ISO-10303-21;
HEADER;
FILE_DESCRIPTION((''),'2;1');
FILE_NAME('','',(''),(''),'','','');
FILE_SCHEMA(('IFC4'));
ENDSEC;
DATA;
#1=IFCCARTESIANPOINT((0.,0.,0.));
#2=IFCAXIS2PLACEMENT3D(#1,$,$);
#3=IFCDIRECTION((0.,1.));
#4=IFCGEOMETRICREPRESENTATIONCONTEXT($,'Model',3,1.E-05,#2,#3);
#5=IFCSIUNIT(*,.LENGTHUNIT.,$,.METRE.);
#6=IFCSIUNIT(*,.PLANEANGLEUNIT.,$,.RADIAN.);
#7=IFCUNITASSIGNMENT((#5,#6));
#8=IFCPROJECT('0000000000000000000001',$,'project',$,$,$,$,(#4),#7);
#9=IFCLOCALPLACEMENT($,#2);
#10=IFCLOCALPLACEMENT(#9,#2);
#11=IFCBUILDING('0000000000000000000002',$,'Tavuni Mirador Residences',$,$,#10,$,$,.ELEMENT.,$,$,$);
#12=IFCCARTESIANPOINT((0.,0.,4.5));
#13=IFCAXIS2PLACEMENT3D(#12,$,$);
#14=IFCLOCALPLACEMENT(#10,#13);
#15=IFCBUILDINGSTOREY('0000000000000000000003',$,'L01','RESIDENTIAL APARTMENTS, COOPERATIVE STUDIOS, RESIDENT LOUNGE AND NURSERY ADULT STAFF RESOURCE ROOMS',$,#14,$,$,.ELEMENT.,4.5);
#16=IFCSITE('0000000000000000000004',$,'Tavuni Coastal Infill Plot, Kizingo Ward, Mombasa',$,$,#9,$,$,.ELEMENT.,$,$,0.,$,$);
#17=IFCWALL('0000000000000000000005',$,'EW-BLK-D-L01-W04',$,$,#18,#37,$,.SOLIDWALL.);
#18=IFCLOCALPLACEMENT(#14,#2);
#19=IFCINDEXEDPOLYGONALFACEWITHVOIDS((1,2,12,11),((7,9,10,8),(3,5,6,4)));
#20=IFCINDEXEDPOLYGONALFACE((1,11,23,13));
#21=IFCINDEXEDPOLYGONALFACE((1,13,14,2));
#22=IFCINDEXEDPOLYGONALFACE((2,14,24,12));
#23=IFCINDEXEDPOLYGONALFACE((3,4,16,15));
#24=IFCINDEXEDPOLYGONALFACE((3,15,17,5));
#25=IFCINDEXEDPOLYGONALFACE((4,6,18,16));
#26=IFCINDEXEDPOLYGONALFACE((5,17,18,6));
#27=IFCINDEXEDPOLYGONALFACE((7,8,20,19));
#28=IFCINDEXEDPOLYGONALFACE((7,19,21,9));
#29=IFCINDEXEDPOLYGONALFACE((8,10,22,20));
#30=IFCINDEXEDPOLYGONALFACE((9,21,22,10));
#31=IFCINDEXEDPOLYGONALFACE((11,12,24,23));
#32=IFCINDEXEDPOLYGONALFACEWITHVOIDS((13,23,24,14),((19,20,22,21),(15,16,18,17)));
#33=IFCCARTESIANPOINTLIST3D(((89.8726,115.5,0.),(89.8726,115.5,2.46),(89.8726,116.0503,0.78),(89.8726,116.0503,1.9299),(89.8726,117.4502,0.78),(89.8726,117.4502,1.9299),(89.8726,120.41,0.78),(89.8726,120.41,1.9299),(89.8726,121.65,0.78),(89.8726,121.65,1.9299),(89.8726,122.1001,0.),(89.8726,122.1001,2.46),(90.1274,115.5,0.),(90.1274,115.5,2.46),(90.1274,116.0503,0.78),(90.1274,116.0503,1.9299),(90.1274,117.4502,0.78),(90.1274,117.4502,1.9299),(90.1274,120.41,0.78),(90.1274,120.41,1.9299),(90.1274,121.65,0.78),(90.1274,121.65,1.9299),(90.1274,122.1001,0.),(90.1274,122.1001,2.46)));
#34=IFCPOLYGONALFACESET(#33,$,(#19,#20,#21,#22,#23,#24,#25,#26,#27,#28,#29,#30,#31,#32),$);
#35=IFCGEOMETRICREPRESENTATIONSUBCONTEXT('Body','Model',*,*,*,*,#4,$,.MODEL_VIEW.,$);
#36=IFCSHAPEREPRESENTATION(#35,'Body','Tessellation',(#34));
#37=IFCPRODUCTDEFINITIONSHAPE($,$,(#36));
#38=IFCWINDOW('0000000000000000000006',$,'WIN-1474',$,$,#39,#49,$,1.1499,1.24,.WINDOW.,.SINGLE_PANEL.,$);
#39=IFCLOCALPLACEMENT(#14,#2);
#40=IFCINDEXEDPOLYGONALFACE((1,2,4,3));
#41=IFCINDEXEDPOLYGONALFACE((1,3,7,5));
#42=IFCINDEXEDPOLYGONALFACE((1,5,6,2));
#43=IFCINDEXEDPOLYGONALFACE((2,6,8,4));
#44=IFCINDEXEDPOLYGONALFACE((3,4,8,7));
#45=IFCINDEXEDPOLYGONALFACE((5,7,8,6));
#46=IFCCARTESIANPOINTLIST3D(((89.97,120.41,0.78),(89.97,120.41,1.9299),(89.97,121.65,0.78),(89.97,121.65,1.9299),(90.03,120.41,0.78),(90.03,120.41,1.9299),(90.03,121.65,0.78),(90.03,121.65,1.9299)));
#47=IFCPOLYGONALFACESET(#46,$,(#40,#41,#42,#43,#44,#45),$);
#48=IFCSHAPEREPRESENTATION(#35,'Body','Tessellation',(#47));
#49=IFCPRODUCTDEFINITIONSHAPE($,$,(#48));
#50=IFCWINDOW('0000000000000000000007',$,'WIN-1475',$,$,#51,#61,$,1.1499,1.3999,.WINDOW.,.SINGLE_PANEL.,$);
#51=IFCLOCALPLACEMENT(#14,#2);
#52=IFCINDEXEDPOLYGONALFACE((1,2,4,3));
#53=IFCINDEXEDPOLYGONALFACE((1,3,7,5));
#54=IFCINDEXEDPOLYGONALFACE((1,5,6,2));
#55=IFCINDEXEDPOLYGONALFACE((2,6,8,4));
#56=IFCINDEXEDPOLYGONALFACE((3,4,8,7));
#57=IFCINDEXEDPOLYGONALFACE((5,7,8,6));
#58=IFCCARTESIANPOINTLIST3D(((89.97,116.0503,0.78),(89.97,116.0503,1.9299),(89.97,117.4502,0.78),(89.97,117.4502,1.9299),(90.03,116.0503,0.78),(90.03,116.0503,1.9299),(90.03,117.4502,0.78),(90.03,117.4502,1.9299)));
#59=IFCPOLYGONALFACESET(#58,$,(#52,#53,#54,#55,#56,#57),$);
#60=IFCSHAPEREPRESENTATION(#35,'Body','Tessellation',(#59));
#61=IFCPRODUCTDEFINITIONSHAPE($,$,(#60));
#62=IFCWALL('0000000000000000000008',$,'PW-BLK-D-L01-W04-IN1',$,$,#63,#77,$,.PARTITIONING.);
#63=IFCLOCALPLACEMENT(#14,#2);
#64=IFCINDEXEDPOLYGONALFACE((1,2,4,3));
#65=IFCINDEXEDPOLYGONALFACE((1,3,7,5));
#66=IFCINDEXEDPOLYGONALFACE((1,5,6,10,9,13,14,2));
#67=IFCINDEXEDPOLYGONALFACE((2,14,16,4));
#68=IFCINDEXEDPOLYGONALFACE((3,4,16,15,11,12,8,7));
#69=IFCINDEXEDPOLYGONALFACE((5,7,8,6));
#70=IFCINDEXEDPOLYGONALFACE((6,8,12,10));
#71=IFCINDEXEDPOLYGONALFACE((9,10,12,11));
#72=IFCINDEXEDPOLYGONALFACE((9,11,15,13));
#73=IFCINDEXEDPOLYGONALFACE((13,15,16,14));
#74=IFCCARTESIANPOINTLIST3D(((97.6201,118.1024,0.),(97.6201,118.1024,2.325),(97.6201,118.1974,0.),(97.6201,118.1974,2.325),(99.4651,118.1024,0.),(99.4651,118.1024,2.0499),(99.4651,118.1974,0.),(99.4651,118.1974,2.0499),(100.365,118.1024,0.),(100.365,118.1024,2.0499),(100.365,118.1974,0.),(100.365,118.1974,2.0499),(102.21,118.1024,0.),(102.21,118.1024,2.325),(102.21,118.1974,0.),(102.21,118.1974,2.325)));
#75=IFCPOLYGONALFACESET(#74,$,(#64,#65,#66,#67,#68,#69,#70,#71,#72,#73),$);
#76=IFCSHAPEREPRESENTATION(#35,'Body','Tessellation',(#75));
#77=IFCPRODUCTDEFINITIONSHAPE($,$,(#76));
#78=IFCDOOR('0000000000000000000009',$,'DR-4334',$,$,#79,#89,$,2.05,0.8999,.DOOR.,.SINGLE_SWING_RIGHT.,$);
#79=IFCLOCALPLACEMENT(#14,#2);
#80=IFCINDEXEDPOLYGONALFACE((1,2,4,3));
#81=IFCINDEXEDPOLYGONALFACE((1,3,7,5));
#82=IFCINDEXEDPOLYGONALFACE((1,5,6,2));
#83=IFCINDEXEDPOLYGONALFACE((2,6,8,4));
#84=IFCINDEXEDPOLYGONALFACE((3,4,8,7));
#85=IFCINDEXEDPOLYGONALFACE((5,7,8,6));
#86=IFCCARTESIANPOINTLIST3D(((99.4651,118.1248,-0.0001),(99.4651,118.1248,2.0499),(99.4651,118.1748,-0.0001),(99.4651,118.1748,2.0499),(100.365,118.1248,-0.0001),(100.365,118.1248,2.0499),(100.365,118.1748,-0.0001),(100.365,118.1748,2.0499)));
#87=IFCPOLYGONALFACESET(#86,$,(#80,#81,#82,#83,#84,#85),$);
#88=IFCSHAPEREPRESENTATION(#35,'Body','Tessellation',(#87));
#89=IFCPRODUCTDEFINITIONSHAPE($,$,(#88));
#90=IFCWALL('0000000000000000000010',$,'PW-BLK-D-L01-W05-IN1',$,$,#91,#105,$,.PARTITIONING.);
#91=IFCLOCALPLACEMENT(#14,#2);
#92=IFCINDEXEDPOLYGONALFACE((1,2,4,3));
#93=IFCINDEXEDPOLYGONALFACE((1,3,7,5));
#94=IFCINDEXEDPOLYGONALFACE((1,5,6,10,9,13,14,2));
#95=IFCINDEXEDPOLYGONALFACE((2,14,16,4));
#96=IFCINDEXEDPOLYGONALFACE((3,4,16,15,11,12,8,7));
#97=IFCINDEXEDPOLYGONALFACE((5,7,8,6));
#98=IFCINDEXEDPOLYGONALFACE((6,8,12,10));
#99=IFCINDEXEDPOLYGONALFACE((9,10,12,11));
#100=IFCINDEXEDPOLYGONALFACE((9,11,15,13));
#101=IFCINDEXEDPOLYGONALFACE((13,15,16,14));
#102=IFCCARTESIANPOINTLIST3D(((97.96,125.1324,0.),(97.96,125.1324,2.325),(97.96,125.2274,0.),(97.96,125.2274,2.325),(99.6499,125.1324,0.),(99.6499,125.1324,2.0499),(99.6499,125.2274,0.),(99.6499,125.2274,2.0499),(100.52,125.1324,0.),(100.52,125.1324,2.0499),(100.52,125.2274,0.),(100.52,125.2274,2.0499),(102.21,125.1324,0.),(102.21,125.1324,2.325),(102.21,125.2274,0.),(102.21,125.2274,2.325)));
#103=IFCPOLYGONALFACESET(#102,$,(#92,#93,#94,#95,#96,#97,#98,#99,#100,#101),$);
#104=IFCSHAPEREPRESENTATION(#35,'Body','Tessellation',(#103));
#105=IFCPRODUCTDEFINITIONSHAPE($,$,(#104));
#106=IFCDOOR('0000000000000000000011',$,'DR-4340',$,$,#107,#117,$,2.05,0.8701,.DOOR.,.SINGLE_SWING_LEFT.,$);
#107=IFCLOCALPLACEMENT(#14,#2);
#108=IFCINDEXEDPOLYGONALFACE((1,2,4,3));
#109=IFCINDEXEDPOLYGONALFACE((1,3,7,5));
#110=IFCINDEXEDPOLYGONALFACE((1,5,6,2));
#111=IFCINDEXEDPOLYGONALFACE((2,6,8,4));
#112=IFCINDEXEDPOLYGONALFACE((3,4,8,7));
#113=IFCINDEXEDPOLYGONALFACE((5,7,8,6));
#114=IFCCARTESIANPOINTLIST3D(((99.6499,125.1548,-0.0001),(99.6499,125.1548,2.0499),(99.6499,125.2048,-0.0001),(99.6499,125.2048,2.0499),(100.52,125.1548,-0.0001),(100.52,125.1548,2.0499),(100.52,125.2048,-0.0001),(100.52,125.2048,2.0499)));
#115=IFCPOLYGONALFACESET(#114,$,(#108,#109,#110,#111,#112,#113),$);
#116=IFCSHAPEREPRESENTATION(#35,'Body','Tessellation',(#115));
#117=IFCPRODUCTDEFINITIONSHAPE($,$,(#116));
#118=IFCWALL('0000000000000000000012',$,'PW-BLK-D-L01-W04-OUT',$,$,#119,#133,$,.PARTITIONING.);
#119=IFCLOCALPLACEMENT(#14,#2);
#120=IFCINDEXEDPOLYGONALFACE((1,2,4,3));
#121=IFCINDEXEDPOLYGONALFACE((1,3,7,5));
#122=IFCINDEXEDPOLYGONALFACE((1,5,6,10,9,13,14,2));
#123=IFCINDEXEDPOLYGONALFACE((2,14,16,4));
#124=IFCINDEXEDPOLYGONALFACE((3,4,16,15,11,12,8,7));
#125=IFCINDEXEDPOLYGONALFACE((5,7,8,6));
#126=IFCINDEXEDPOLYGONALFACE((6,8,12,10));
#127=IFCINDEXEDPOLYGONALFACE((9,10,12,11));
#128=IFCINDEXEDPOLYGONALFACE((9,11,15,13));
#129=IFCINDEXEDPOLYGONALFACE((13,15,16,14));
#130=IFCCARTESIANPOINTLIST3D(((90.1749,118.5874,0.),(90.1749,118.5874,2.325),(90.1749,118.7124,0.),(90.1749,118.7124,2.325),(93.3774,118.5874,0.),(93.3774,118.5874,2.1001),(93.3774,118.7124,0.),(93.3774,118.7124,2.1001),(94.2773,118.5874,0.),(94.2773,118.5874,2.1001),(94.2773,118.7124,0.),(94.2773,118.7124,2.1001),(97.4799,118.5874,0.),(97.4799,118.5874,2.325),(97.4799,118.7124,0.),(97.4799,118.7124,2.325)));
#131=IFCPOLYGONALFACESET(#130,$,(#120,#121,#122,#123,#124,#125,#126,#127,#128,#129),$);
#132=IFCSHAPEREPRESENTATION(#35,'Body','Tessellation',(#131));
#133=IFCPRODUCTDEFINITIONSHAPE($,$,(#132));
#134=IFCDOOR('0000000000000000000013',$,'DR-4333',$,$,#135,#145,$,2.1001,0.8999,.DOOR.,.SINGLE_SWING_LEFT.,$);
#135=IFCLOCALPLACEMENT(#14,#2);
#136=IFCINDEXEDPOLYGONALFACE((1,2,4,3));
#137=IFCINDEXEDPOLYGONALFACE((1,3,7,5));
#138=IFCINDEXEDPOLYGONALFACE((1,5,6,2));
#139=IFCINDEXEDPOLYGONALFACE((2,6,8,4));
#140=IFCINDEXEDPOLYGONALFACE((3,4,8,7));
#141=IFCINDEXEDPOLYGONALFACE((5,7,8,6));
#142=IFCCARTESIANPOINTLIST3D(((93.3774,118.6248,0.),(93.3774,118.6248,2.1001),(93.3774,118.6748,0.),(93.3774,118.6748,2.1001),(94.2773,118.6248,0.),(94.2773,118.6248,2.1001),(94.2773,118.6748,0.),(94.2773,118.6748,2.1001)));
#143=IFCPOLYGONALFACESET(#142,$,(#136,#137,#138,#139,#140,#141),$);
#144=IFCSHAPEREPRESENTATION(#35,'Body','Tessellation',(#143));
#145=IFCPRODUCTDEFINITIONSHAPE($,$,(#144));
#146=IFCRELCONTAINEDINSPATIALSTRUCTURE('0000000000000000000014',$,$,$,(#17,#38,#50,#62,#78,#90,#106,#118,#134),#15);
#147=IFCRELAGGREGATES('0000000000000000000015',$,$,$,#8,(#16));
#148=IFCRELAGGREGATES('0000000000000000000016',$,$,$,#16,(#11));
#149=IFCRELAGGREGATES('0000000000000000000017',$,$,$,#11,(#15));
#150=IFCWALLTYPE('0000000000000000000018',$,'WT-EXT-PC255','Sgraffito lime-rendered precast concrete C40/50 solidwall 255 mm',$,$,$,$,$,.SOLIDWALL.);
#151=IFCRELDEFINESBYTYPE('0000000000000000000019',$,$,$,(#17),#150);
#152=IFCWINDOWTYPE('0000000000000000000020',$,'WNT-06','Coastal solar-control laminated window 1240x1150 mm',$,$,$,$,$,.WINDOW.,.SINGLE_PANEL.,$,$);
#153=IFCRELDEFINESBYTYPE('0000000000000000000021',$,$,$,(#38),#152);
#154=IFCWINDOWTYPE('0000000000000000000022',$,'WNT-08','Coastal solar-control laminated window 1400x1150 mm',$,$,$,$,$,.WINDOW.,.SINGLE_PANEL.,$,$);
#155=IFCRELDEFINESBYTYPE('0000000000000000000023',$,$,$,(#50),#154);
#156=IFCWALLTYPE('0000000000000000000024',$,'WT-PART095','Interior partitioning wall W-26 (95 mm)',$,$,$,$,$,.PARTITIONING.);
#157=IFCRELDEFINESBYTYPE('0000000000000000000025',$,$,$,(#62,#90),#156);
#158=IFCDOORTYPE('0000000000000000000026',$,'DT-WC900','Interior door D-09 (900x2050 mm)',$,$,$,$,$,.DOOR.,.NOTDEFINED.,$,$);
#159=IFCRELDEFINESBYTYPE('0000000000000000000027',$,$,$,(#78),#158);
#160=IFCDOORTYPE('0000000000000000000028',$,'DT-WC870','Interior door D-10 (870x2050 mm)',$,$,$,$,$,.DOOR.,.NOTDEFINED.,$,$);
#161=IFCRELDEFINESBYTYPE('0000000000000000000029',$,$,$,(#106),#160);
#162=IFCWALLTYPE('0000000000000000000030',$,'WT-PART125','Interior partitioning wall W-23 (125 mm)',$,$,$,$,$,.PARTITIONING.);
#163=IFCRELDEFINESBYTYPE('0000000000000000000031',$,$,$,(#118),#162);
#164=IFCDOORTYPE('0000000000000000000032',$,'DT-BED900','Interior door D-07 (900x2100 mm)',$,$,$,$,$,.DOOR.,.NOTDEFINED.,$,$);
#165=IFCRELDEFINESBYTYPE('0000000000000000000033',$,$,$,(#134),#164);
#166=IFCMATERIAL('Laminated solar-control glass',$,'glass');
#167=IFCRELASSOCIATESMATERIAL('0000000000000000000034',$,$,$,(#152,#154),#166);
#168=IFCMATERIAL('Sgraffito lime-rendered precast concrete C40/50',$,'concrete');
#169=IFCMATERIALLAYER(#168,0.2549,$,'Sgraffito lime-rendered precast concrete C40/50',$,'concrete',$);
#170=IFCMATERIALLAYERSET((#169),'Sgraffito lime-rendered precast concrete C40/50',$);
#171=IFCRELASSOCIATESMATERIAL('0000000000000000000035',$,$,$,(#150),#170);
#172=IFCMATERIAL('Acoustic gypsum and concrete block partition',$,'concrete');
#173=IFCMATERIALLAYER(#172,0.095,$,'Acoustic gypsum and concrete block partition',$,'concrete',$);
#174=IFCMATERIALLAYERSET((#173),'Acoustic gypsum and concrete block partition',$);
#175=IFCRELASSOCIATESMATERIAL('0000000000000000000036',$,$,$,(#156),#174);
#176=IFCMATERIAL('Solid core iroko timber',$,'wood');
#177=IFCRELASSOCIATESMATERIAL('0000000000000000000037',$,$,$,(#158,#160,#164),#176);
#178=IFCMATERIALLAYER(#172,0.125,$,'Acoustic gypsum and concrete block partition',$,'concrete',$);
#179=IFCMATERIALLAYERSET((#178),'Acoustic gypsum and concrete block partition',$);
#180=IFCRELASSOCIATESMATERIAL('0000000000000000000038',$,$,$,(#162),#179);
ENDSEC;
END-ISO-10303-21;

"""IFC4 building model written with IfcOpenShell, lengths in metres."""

from ifc_helpers import new_model, si_unit, direction, frame, frame_2d, origin, place, context, subcontext, project, spatial, rectangle, extrude, material, layer, layer_set, type_object, element, fill, save


model = new_model("IFC4")

# Units and contexts
model_context = context("Model", 3, precision=1e-05, world=origin(), true_north=direction((0.0, 1.0)))
body_context = subcontext(model_context, "Body", "Model", "MODEL_VIEW")
ifc_project = project(units=[si_unit("LENGTHUNIT", "METRE"), si_unit("PLANEANGLEUNIT", "RADIAN")], contexts=[model_context])

# Site, building, storey
site_placement = place(None, origin())
site = spatial("IfcSite", under=ifc_project, at=site_placement, Name="Tavuni Coastal Infill Plot, Kizingo Ward, Mombasa", CompositionType="ELEMENT", RefElevation=0.0)
building_placement = place(site_placement, origin())
building = spatial("IfcBuilding", under=site, at=building_placement, Name="Tavuni Mirador Residences", CompositionType="ELEMENT")
storey_placement = place(building_placement, frame((0.0, 0.0, 4.5)))
storey = spatial("IfcBuildingStorey", under=building, at=storey_placement, Name="L01", Description="RESIDENTIAL APARTMENTS, COOPERATIVE STUDIOS, RESIDENT LOUNGE AND NURSERY ADULT STAFF RESOURCE ROOMS", CompositionType="ELEMENT", Elevation=4.5)

# Shared definitions
ifc_material_1 = material(Name="Solid core iroko timber", Category="wood")

# Wall, openings, windows
ifc_material_2 = material(Name="Sgraffito lime-rendered precast concrete C40/50", Category="concrete")
ifc_material_3 = material(Name="Laminated solar-control glass", Category="glass")
window_type_1 = type_object("IfcWindowType", Name="WNT-06", Description="Coastal solar-control laminated window 1240x1150 mm", PartitioningType="SINGLE_PANEL", PredefinedType="WINDOW", material=ifc_material_3)
ifc_layer_1 = layer(ifc_material_2, 0.2549, Name="Sgraffito lime-rendered precast concrete C40/50", Category="concrete")
ifc_layer_set_1 = layer_set([ifc_layer_1], Name="Sgraffito lime-rendered precast concrete C40/50")
wall_type_1 = type_object("IfcWallType", Name="WT-EXT-PC255", Description="Sgraffito lime-rendered precast concrete C40/50 solidwall 255 mm", PredefinedType="SOLIDWALL", material=ifc_layer_set_1)
wall_1_placement = place(storey_placement, frame((90.0, 122.1001, 0.0), z_axis=(0.0, 0.0, 1.0), x_axis=(0.0, -1.0, 0.0)))
wall_1 = element("IfcWall", 1, at=wall_1_placement, inside=storey, type_object=wall_type_1, Name="EW-BLK-D-L01-W04", PredefinedType="SOLIDWALL", context=body_context, shape_type="SweptSolid", body=[
    extrude(rectangle(XDim=6.6001, YDim=0.2549, at=frame_2d((3.3, 0.0))), origin(), (0.0, 0.0, 1.0), 2.46),
])
opening_1_placement = place(wall_1_placement, frame((0.45, 0.0, 0.78)))
opening_1 = element("IfcOpeningElement", 2, at=opening_1_placement, cuts=wall_1, PredefinedType="OPENING", context=body_context, shape_type="SweptSolid", body=[
    extrude(rectangle(XDim=1.24, YDim=1.1499, at=frame_2d((0.6201, 0.575))), frame((0.0, 0.1375, 0.0), z_axis=(0.0, -1.0, 0.0), x_axis=(1.0, 0.0, 0.0)), (0.0, 0.0, 1.0), 0.2749),
])
opening_2_placement = place(wall_1_placement, frame((4.6499, 0.0, 0.78)))
opening_2 = element("IfcOpeningElement", 3, at=opening_2_placement, cuts=wall_1, PredefinedType="OPENING", context=body_context, shape_type="SweptSolid", body=[
    extrude(rectangle(XDim=1.3999, YDim=1.1499, at=frame_2d((0.7, 0.575))), frame((0.0, 0.1375, 0.0), z_axis=(0.0, -1.0, 0.0), x_axis=(1.0, 0.0, 0.0)), (0.0, 0.0, 1.0), 0.2749),
])
window_1_placement = place(opening_1_placement, origin())
window_1 = element("IfcWindow", 4, at=window_1_placement, inside=storey, type_object=window_type_1, Name="WIN-1474", OverallHeight=1.1499, OverallWidth=1.24, PartitioningType="SINGLE_PANEL", PredefinedType="WINDOW", context=body_context, shape_type="SweptSolid", body=[
    extrude(rectangle(XDim=1.24, YDim=1.1499, at=frame_2d((0.6201, 0.575))), frame((0.0, 0.03, 0.0), z_axis=(0.0, -1.0, 0.0), x_axis=(1.0, 0.0, 0.0)), (0.0, 0.0, 1.0), 0.0601),
])
fill(opening_1, window_1)
window_type_2 = type_object("IfcWindowType", Name="WNT-08", Description="Coastal solar-control laminated window 1400x1150 mm", PartitioningType="SINGLE_PANEL", PredefinedType="WINDOW", material=ifc_material_3)
window_2_placement = place(opening_2_placement, origin())
window_2 = element("IfcWindow", 5, at=window_2_placement, inside=storey, type_object=window_type_2, Name="WIN-1475", OverallHeight=1.1499, OverallWidth=1.3999, PartitioningType="SINGLE_PANEL", PredefinedType="WINDOW", context=body_context, shape_type="SweptSolid", body=[
    extrude(rectangle(XDim=1.3999, YDim=1.1499, at=frame_2d((0.7, 0.575))), frame((0.0, 0.03, 0.0), z_axis=(0.0, -1.0, 0.0), x_axis=(1.0, 0.0, 0.0)), (0.0, 0.0, 1.0), 0.0601),
])
fill(opening_2, window_2)

# Walls, openings, doors
ifc_material_4 = material(Name="Acoustic gypsum and concrete block partition", Category="concrete")
ifc_layer_2 = layer(ifc_material_4, 0.095, Name="Acoustic gypsum and concrete block partition", Category="concrete")
ifc_layer_set_2 = layer_set([ifc_layer_2], Name="Acoustic gypsum and concrete block partition")
wall_type_2 = type_object("IfcWallType", Name="WT-PART095", Description="Interior partitioning wall W-26 (95 mm)", PredefinedType="PARTITIONING", material=ifc_layer_set_2)
wall_2_placement = place(storey_placement, frame((97.6201, 118.1499, 0.0), z_axis=(0.0, 0.0, 1.0), x_axis=(1.0, 0.0, 0.0)))
wall_2 = element("IfcWall", 6, at=wall_2_placement, inside=storey, type_object=wall_type_2, Name="PW-BLK-D-L01-W04-IN1", PredefinedType="PARTITIONING", context=body_context, shape_type="SweptSolid", body=[
    extrude(rectangle(XDim=4.5898, YDim=0.095, at=frame_2d((2.2949, 0.0))), origin(), (0.0, 0.0, 1.0), 2.325),
])
opening_3_placement = place(wall_2_placement, frame((1.845, 0.0, 0.0)))
opening_3 = element("IfcOpeningElement", 7, at=opening_3_placement, cuts=wall_2, PredefinedType="OPENING", context=body_context, shape_type="SweptSolid", body=[
    extrude(rectangle(XDim=0.8999, YDim=2.05, at=frame_2d((0.45, 1.0249))), frame((0.0, 0.0576, 0.0), z_axis=(0.0, -1.0, 0.0), x_axis=(1.0, 0.0, 0.0)), (0.0, 0.0, 1.0), 0.115),
])
door_type_1 = type_object("IfcDoorType", Name="DT-WC900", Description="Interior door D-09 (900x2050 mm)", OperationType="NOTDEFINED", PredefinedType="DOOR", material=ifc_material_1)
door_1_placement = place(opening_3_placement, origin())
door_1 = element("IfcDoor", 8, at=door_1_placement, inside=storey, type_object=door_type_1, Name="DR-4334", OperationType="SINGLE_SWING_RIGHT", OverallHeight=2.05, OverallWidth=0.8999, PredefinedType="DOOR", context=body_context, shape_type="SweptSolid", body=[
    extrude(rectangle(XDim=0.8999, YDim=2.05, at=frame_2d((0.45, 1.0249))), frame((0.0, 0.0249, 0.0), z_axis=(0.0, -1.0, 0.0), x_axis=(1.0, 0.0, 0.0)), (0.0, 0.0, 1.0), 0.05),
])
fill(opening_3, door_1)
wall_3_placement = place(storey_placement, frame((97.96, 125.1799, 0.0), z_axis=(0.0, 0.0, 1.0), x_axis=(1.0, 0.0, 0.0)))
wall_3 = element("IfcWall", 9, at=wall_3_placement, inside=storey, type_object=wall_type_2, Name="PW-BLK-D-L01-W05-IN1", PredefinedType="PARTITIONING", context=body_context, shape_type="SweptSolid", body=[
    extrude(rectangle(XDim=4.25, YDim=0.095, at=frame_2d((2.125, 0.0))), origin(), (0.0, 0.0, 1.0), 2.325),
])
opening_4_placement = place(wall_3_placement, frame((1.6899, 0.0, 0.0)))
opening_4 = element("IfcOpeningElement", 10, at=opening_4_placement, cuts=wall_3, PredefinedType="OPENING", context=body_context, shape_type="SweptSolid", body=[
    extrude(rectangle(XDim=0.8701, YDim=2.05, at=frame_2d((0.4351, 1.0249))), frame((0.0, 0.0576, 0.0), z_axis=(0.0, -1.0, 0.0), x_axis=(1.0, 0.0, 0.0)), (0.0, 0.0, 1.0), 0.115),
])
door_type_2 = type_object("IfcDoorType", Name="DT-WC870", Description="Interior door D-10 (870x2050 mm)", OperationType="NOTDEFINED", PredefinedType="DOOR", material=ifc_material_1)
door_2_placement = place(opening_4_placement, origin())
door_2 = element("IfcDoor", 11, at=door_2_placement, inside=storey, type_object=door_type_2, Name="DR-4340", OperationType="SINGLE_SWING_LEFT", OverallHeight=2.05, OverallWidth=0.8701, PredefinedType="DOOR", context=body_context, shape_type="SweptSolid", body=[
    extrude(rectangle(XDim=0.8701, YDim=2.05, at=frame_2d((0.4351, 1.0249))), frame((0.0, 0.0249, 0.0), z_axis=(0.0, -1.0, 0.0), x_axis=(1.0, 0.0, 0.0)), (0.0, 0.0, 1.0), 0.05),
])
fill(opening_4, door_2)
ifc_layer_3 = layer(ifc_material_4, 0.125, Name="Acoustic gypsum and concrete block partition", Category="concrete")
ifc_layer_set_3 = layer_set([ifc_layer_3], Name="Acoustic gypsum and concrete block partition")
wall_type_3 = type_object("IfcWallType", Name="WT-PART125", Description="Interior partitioning wall W-23 (125 mm)", PredefinedType="PARTITIONING", material=ifc_layer_set_3)
wall_4_placement = place(storey_placement, frame((90.175, 118.6499, 0.0), z_axis=(0.0, 0.0, 1.0), x_axis=(1.0, 0.0, 0.0)))
wall_4 = element("IfcWall", 12, at=wall_4_placement, inside=storey, type_object=wall_type_3, Name="PW-BLK-D-L01-W04-OUT", PredefinedType="PARTITIONING", context=body_context, shape_type="SweptSolid", body=[
    extrude(rectangle(XDim=7.3049, YDim=0.125, at=frame_2d((3.6523, 0.0))), origin(), (0.0, 0.0, 1.0), 2.325),
])
opening_5_placement = place(wall_4_placement, frame((3.2024, 0.0, 0.0)))
opening_5 = element("IfcOpeningElement", 13, at=opening_5_placement, cuts=wall_4, PredefinedType="OPENING", context=body_context, shape_type="SweptSolid", body=[
    extrude(rectangle(XDim=0.8999, YDim=2.1001, at=frame_2d((0.45, 1.05))), frame((0.0, 0.0725, 0.0), z_axis=(0.0, -1.0, 0.0), x_axis=(1.0, 0.0, 0.0)), (0.0, 0.0, 1.0), 0.145),
])
door_type_3 = type_object("IfcDoorType", Name="DT-BED900", Description="Interior door D-07 (900x2100 mm)", OperationType="NOTDEFINED", PredefinedType="DOOR", material=ifc_material_1)
door_3_placement = place(opening_5_placement, origin())
door_3 = element("IfcDoor", 14, at=door_3_placement, inside=storey, type_object=door_type_3, Name="DR-4333", OperationType="SINGLE_SWING_LEFT", OverallHeight=2.1001, OverallWidth=0.8999, PredefinedType="DOOR", context=body_context, shape_type="SweptSolid", body=[
    extrude(rectangle(XDim=0.8999, YDim=2.1001, at=frame_2d((0.45, 1.05))), frame((0.0, 0.0249, 0.0), z_axis=(0.0, -1.0, 0.0), x_axis=(1.0, 0.0, 0.0)), (0.0, 0.0, 1.0), 0.05),
])
fill(opening_5, door_3)

save(model, "model.ifc")
